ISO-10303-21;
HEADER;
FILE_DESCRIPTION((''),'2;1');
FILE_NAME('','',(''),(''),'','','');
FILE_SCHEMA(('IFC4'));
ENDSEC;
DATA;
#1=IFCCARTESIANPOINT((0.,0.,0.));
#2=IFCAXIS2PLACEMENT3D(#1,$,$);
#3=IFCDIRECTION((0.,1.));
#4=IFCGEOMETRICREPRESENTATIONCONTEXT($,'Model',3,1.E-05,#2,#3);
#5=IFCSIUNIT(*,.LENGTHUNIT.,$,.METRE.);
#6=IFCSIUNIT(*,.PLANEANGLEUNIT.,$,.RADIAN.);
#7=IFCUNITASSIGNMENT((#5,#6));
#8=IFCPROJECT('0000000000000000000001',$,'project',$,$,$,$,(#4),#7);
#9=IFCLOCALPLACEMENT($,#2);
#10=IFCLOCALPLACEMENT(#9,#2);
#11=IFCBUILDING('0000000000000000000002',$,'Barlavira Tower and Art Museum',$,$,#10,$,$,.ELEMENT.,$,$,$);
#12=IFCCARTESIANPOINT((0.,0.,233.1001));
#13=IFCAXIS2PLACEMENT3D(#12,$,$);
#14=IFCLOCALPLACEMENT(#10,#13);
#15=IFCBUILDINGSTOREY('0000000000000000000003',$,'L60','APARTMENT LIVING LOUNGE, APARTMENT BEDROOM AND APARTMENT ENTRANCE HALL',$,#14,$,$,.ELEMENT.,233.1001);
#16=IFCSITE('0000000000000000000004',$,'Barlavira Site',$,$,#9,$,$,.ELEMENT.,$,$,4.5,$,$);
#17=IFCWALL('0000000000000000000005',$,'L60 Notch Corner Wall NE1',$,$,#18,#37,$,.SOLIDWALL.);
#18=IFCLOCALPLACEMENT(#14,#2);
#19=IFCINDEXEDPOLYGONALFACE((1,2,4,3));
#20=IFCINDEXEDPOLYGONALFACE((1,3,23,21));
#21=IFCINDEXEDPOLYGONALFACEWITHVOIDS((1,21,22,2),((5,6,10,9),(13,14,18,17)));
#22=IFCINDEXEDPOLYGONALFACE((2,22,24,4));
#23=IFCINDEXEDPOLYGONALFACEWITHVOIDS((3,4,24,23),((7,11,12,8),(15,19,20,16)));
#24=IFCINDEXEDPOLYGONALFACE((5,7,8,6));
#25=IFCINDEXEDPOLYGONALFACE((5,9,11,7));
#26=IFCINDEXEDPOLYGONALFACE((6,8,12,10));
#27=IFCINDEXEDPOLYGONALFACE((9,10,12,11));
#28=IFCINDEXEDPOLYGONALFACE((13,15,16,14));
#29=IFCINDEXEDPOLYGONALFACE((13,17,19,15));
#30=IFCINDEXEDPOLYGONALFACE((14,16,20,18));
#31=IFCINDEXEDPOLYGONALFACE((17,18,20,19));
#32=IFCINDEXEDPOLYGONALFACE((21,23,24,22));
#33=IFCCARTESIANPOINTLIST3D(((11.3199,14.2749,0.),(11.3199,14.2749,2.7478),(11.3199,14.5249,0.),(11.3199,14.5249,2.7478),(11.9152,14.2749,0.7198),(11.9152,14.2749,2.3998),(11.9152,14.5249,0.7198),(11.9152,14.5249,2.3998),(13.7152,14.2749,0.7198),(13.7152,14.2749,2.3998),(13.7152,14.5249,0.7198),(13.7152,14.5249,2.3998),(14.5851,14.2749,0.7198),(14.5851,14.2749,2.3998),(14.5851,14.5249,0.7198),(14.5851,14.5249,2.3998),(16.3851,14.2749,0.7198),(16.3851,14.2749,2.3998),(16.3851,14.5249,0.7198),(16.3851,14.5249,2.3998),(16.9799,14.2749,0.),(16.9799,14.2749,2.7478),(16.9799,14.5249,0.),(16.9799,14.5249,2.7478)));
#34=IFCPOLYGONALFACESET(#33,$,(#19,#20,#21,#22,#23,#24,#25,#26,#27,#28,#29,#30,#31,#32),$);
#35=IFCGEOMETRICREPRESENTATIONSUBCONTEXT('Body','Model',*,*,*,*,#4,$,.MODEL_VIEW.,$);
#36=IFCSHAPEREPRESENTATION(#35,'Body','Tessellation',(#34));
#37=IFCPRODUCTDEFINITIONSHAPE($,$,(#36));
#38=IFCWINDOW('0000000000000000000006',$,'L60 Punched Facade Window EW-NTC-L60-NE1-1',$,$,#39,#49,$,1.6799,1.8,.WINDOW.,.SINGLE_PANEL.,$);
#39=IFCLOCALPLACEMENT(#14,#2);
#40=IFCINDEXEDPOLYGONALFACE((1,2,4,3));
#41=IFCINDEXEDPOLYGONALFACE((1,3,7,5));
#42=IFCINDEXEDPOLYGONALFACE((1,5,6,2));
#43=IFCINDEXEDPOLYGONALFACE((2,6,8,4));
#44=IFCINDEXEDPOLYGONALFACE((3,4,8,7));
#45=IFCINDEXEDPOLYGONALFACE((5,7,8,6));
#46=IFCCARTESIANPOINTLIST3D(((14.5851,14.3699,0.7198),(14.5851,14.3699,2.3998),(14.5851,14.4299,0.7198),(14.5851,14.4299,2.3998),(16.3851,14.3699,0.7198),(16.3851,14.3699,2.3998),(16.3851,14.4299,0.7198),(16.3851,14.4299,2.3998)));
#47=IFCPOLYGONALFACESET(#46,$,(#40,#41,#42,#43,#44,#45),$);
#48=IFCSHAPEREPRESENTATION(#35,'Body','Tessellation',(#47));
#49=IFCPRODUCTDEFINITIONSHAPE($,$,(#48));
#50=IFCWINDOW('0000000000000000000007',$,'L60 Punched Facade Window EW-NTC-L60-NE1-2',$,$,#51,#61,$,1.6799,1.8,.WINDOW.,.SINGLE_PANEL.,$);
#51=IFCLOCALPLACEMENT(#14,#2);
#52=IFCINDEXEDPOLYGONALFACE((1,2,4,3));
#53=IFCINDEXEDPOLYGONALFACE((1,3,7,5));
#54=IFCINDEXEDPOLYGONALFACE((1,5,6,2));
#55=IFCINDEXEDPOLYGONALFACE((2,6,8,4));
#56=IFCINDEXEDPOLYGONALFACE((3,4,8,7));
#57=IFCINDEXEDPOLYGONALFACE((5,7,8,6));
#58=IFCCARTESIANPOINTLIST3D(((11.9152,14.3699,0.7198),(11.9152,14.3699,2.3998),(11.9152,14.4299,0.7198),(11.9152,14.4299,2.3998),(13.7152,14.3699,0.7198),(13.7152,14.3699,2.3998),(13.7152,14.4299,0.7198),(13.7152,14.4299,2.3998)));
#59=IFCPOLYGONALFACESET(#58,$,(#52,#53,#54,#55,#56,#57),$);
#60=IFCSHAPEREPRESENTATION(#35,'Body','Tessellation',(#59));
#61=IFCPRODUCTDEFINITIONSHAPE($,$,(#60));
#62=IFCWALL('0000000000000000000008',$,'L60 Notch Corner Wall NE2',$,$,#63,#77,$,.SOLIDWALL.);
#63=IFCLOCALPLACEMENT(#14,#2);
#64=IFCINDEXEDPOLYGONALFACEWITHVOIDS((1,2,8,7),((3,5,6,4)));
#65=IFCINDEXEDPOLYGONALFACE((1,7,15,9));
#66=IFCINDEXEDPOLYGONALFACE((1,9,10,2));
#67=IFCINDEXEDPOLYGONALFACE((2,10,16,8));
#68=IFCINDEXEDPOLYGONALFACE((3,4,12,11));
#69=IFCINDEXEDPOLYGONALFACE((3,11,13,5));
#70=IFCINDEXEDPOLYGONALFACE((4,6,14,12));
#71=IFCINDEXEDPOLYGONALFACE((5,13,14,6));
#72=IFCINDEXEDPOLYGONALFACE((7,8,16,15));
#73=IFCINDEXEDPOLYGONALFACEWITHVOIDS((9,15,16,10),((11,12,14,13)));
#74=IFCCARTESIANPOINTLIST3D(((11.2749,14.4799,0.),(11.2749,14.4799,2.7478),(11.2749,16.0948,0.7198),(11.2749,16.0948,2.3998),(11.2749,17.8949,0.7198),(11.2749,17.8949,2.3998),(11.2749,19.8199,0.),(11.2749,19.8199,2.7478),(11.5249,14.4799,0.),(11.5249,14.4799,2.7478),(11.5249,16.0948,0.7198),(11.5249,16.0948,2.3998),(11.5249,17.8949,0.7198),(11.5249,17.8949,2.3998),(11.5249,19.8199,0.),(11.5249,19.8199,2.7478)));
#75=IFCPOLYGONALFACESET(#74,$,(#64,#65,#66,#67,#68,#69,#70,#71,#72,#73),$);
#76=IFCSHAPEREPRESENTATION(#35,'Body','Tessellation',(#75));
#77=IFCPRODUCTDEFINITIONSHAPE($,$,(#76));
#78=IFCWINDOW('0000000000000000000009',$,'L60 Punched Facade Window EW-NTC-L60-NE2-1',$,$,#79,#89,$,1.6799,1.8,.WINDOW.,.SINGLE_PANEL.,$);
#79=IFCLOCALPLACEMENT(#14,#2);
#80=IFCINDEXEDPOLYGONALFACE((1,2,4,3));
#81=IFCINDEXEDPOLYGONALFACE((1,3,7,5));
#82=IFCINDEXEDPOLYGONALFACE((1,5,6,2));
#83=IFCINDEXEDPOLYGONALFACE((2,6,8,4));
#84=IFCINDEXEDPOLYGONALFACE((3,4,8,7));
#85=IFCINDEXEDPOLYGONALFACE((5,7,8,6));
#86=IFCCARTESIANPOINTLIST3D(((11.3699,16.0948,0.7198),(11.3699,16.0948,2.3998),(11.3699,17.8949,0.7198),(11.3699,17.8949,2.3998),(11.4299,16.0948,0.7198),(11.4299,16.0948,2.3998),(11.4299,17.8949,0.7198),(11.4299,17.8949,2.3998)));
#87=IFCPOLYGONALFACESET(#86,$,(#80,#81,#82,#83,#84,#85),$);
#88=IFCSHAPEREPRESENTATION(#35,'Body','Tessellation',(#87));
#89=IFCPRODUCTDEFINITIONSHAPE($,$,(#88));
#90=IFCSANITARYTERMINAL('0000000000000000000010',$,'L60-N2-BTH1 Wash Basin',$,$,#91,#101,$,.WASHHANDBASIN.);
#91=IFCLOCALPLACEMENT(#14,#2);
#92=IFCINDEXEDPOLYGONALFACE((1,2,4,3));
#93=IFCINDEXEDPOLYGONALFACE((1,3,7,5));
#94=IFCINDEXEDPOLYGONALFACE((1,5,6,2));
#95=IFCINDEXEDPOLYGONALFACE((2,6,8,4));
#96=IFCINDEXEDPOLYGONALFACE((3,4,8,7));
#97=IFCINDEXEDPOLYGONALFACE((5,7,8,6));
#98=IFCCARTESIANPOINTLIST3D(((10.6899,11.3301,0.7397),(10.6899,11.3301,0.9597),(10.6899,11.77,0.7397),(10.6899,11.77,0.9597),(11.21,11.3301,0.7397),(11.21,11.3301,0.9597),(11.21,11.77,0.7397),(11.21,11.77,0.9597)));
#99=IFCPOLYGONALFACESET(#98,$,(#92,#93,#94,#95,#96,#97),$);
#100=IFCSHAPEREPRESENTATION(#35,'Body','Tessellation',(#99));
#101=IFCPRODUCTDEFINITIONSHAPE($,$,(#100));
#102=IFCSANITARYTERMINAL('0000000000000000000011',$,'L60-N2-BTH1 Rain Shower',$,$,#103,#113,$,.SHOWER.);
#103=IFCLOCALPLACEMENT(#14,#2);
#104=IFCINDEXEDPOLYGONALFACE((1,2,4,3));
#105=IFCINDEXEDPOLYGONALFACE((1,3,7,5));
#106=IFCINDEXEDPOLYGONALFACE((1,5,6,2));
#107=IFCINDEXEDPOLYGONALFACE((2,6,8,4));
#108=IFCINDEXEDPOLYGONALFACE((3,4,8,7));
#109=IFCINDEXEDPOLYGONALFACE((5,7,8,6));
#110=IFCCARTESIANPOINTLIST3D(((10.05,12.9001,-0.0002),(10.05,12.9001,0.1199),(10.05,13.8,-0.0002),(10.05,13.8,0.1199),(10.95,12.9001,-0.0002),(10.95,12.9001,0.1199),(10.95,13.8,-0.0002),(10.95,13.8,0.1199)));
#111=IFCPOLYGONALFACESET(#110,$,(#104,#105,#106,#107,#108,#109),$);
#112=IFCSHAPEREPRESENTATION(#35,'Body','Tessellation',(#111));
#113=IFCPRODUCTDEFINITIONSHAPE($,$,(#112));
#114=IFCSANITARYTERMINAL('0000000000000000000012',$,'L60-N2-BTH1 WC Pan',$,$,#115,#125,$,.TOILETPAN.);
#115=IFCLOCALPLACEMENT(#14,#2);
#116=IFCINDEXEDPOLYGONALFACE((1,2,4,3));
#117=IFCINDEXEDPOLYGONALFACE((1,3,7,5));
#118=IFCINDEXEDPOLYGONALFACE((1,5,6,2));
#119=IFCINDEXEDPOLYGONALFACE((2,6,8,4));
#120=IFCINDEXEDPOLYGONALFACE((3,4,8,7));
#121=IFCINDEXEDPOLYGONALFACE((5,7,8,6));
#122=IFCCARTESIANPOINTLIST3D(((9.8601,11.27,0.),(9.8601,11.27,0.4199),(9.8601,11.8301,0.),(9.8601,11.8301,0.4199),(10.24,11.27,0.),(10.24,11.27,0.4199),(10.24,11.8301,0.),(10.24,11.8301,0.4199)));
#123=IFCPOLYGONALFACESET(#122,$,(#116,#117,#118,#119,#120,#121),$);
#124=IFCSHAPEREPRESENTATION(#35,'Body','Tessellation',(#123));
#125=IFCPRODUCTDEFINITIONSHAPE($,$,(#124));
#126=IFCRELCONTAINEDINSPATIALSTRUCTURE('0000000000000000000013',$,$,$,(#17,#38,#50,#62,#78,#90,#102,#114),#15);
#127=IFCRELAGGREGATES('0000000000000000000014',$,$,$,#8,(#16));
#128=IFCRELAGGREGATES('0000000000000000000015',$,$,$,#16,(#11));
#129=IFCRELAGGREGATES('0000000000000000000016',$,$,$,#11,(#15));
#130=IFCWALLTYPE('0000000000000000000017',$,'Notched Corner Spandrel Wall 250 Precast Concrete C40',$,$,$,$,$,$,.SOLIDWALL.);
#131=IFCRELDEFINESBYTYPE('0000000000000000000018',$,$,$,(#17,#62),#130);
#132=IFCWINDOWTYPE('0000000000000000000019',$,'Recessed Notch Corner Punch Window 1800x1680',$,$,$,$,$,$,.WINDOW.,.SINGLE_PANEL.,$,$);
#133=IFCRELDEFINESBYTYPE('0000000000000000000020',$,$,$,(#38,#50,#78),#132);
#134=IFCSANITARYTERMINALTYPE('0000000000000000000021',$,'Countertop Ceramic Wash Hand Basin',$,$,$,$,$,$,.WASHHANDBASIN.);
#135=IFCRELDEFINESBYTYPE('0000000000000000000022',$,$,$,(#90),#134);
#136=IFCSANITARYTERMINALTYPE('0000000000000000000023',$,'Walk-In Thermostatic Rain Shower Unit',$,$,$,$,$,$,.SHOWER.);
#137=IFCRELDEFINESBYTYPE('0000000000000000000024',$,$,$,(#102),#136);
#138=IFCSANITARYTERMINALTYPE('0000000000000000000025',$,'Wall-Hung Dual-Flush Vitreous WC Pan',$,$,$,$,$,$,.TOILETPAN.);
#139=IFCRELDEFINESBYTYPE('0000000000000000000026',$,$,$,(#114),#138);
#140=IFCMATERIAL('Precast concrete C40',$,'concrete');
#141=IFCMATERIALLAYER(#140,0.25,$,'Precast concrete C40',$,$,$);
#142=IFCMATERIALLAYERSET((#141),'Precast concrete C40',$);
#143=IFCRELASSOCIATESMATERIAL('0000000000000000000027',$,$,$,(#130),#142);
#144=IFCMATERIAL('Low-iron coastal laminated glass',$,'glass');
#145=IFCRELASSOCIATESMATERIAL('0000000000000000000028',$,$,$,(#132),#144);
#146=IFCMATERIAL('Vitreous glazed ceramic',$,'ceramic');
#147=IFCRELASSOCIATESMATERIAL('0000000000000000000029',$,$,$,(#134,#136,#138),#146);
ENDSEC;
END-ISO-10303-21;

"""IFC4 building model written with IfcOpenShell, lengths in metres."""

from ifc_helpers import new_model, si_unit, direction, frame, frame_2d, origin, origin_2d, place, context, subcontext, project, spatial, rectangle, extrude, material, layer, layer_set, type_object, element, fill, save


model = new_model("IFC4")

# Units and contexts
model_context = context("Model", 3, precision=1e-05, world=origin(), true_north=direction((0.0, 1.0)))
body_context = subcontext(model_context, "Body", "Model", "MODEL_VIEW")
ifc_project = project(units=[si_unit("LENGTHUNIT", "METRE"), si_unit("PLANEANGLEUNIT", "RADIAN")], contexts=[model_context])

# Site, building, storey
site_placement = place(None, origin())
site = spatial("IfcSite", under=ifc_project, at=site_placement, Name="Barlavira Site", CompositionType="ELEMENT", RefElevation=4.5)
building_placement = place(site_placement, origin())
building = spatial("IfcBuilding", under=site, at=building_placement, Name="Barlavira Tower and Art Museum", CompositionType="ELEMENT")
storey_placement = place(building_placement, frame((0.0, 0.0, 233.1001)))
storey = spatial("IfcBuildingStorey", under=building, at=storey_placement, Name="L60", Description="APARTMENT LIVING LOUNGE, APARTMENT BEDROOM AND APARTMENT ENTRANCE HALL", CompositionType="ELEMENT", Elevation=233.1001)

# Shared definitions
ifc_material_1 = material(Name="Precast concrete C40", Category="concrete")
ifc_layer_1 = layer(ifc_material_1, 0.25, Name="Precast concrete C40")
ifc_layer_set_1 = layer_set([ifc_layer_1], Name="Precast concrete C40")
wall_type_1 = type_object("IfcWallType", Name="Notched Corner Spandrel Wall 250 Precast Concrete C40", PredefinedType="SOLIDWALL", material=ifc_layer_set_1)
ifc_material_2 = material(Name="Low-iron coastal laminated glass", Category="glass")
window_type = type_object("IfcWindowType", Name="Recessed Notch Corner Punch Window 1800x1680", PartitioningType="SINGLE_PANEL", PredefinedType="WINDOW", material=ifc_material_2)

# Wall, openings, windows
wall_1_placement = place(storey_placement, frame((16.98, 14.3999, 0.0), z_axis=(0.0, 0.0, 1.0), x_axis=(-1.0, 0.0, 0.0)))
wall_1 = element("IfcWall", 1, at=wall_1_placement, inside=storey, type_object=wall_type_1, Name="L60 Notch Corner Wall NE1", PredefinedType="SOLIDWALL", context=body_context, shape_type="SweptSolid", body=[
    extrude(rectangle(XDim=5.6599, YDim=0.25, at=frame_2d((2.8301, 0.0))), origin(), (0.0, 0.0, 1.0), 2.7478),
])
opening_1_placement = place(wall_1_placement, frame((0.595, 0.0, 0.72)))
opening_1 = element("IfcOpeningElement", 2, at=opening_1_placement, cuts=wall_1, PredefinedType="OPENING", context=body_context, shape_type="SweptSolid", body=[
    extrude(rectangle(XDim=1.8, YDim=1.6799, at=frame_2d((0.8999, 0.8398))), frame((0.0, 0.135, 0.0), z_axis=(0.0, -1.0, 0.0), x_axis=(1.0, 0.0, 0.0)), (0.0, 0.0, 1.0), 0.27),
])
opening_2_placement = place(wall_1_placement, frame((3.2649, 0.0, 0.72)))
opening_2 = element("IfcOpeningElement", 3, at=opening_2_placement, cuts=wall_1, PredefinedType="OPENING", context=body_context, shape_type="SweptSolid", body=[
    extrude(rectangle(XDim=1.8, YDim=1.6799, at=frame_2d((0.8999, 0.8398))), frame((0.0, 0.135, 0.0), z_axis=(0.0, -1.0, 0.0), x_axis=(1.0, 0.0, 0.0)), (0.0, 0.0, 1.0), 0.27),
])
window_1_placement = place(opening_1_placement, origin())
window_1 = element("IfcWindow", 4, at=window_1_placement, inside=storey, type_object=window_type, Name="L60 Punched Facade Window EW-NTC-L60-NE1-1", OverallHeight=1.6799, OverallWidth=1.8, PartitioningType="SINGLE_PANEL", PredefinedType="WINDOW", context=body_context, shape_type="SweptSolid", body=[
    extrude(rectangle(XDim=1.8, YDim=1.6799, at=frame_2d((0.8999, 0.8398))), frame((0.0, 0.03, 0.0), z_axis=(0.0, -1.0, 0.0), x_axis=(1.0, 0.0, 0.0)), (0.0, 0.0, 1.0), 0.0601),
])
fill(opening_1, window_1)
window_2_placement = place(opening_2_placement, origin())
window_2 = element("IfcWindow", 5, at=window_2_placement, inside=storey, type_object=window_type, Name="L60 Punched Facade Window EW-NTC-L60-NE1-2", OverallHeight=1.6799, OverallWidth=1.8, PartitioningType="SINGLE_PANEL", PredefinedType="WINDOW", context=body_context, shape_type="SweptSolid", body=[
    extrude(rectangle(XDim=1.8, YDim=1.6799, at=frame_2d((0.8999, 0.8398))), frame((0.0, 0.03, 0.0), z_axis=(0.0, -1.0, 0.0), x_axis=(1.0, 0.0, 0.0)), (0.0, 0.0, 1.0), 0.0601),
])
fill(opening_2, window_2)

# Wall, opening, window
wall_2_placement = place(storey_placement, frame((11.3999, 14.48, 0.0), z_axis=(0.0, 0.0, 1.0), x_axis=(0.0, 1.0, 0.0)))
wall_2 = element("IfcWall", 6, at=wall_2_placement, inside=storey, type_object=wall_type_1, Name="L60 Notch Corner Wall NE2", PredefinedType="SOLIDWALL", context=body_context, shape_type="SweptSolid", body=[
    extrude(rectangle(XDim=5.3401, YDim=0.25, at=frame_2d((2.6699, 0.0))), origin(), (0.0, 0.0, 1.0), 2.7478),
])
opening_3_placement = place(wall_2_placement, frame((1.615, 0.0, 0.72)))
opening_3 = element("IfcOpeningElement", 7, at=opening_3_placement, cuts=wall_2, PredefinedType="OPENING", context=body_context, shape_type="SweptSolid", body=[
    extrude(rectangle(XDim=1.8, YDim=1.6799, at=frame_2d((0.8999, 0.8398))), frame((0.0, 0.135, 0.0), z_axis=(0.0, -1.0, 0.0), x_axis=(1.0, 0.0, 0.0)), (0.0, 0.0, 1.0), 0.27),
])
window_3_placement = place(opening_3_placement, origin())
window_3 = element("IfcWindow", 8, at=window_3_placement, inside=storey, type_object=window_type, Name="L60 Punched Facade Window EW-NTC-L60-NE2-1", OverallHeight=1.6799, OverallWidth=1.8, PartitioningType="SINGLE_PANEL", PredefinedType="WINDOW", context=body_context, shape_type="SweptSolid", body=[
    extrude(rectangle(XDim=1.8, YDim=1.6799, at=frame_2d((0.8999, 0.8398))), frame((0.0, 0.03, 0.0), z_axis=(0.0, -1.0, 0.0), x_axis=(1.0, 0.0, 0.0)), (0.0, 0.0, 1.0), 0.0601),
])
fill(opening_3, window_3)

# Sanitary terminals
ifc_material_3 = material(Name="Vitreous glazed ceramic", Category="ceramic")
sanitary_terminal_type_1 = type_object("IfcSanitaryTerminalType", Name="Countertop Ceramic Wash Hand Basin", PredefinedType="WASHHANDBASIN", material=ifc_material_3)
sanitary_terminal_1_placement = place(storey_placement, frame((10.95, 11.55, 0.7397), z_axis=(0.0, 0.0, 1.0), x_axis=(1.0, 0.0, 0.0)))
element("IfcSanitaryTerminal", 9, at=sanitary_terminal_1_placement, inside=storey, type_object=sanitary_terminal_type_1, Name="L60-N2-BTH1 Wash Basin", PredefinedType="WASHHANDBASIN", context=body_context, shape_type="SweptSolid", body=[
    extrude(rectangle(XDim=0.52, YDim=0.4399, at=origin_2d()), origin(), (0.0, 0.0, 1.0), 0.22),
])
sanitary_terminal_type_2 = type_object("IfcSanitaryTerminalType", Name="Walk-In Thermostatic Rain Shower Unit", PredefinedType="SHOWER", material=ifc_material_3)
sanitary_terminal_2_placement = place(storey_placement, frame((10.5, 13.3501, -0.0002), z_axis=(0.0, 0.0, 1.0), x_axis=(1.0, 0.0, 0.0)))
element("IfcSanitaryTerminal", 10, at=sanitary_terminal_2_placement, inside=storey, type_object=sanitary_terminal_type_2, Name="L60-N2-BTH1 Rain Shower", PredefinedType="SHOWER", context=body_context, shape_type="SweptSolid", body=[
    extrude(rectangle(XDim=0.8999, YDim=0.8999, at=origin_2d()), origin(), (0.0, 0.0, 1.0), 0.1201),
])
sanitary_terminal_type_3 = type_object("IfcSanitaryTerminalType", Name="Wall-Hung Dual-Flush Vitreous WC Pan", PredefinedType="TOILETPAN", material=ifc_material_3)
sanitary_terminal_3_placement = place(storey_placement, frame((10.05, 11.55, 0.0), z_axis=(0.0, 0.0, 1.0), x_axis=(1.0, 0.0, 0.0)))
element("IfcSanitaryTerminal", 11, at=sanitary_terminal_3_placement, inside=storey, type_object=sanitary_terminal_type_3, Name="L60-N2-BTH1 WC Pan", PredefinedType="TOILETPAN", context=body_context, shape_type="SweptSolid", body=[
    extrude(rectangle(XDim=0.3799, YDim=0.5601, at=origin_2d()), origin(), (0.0, 0.0, 1.0), 0.4199),
])

save(model, "model.ifc")
